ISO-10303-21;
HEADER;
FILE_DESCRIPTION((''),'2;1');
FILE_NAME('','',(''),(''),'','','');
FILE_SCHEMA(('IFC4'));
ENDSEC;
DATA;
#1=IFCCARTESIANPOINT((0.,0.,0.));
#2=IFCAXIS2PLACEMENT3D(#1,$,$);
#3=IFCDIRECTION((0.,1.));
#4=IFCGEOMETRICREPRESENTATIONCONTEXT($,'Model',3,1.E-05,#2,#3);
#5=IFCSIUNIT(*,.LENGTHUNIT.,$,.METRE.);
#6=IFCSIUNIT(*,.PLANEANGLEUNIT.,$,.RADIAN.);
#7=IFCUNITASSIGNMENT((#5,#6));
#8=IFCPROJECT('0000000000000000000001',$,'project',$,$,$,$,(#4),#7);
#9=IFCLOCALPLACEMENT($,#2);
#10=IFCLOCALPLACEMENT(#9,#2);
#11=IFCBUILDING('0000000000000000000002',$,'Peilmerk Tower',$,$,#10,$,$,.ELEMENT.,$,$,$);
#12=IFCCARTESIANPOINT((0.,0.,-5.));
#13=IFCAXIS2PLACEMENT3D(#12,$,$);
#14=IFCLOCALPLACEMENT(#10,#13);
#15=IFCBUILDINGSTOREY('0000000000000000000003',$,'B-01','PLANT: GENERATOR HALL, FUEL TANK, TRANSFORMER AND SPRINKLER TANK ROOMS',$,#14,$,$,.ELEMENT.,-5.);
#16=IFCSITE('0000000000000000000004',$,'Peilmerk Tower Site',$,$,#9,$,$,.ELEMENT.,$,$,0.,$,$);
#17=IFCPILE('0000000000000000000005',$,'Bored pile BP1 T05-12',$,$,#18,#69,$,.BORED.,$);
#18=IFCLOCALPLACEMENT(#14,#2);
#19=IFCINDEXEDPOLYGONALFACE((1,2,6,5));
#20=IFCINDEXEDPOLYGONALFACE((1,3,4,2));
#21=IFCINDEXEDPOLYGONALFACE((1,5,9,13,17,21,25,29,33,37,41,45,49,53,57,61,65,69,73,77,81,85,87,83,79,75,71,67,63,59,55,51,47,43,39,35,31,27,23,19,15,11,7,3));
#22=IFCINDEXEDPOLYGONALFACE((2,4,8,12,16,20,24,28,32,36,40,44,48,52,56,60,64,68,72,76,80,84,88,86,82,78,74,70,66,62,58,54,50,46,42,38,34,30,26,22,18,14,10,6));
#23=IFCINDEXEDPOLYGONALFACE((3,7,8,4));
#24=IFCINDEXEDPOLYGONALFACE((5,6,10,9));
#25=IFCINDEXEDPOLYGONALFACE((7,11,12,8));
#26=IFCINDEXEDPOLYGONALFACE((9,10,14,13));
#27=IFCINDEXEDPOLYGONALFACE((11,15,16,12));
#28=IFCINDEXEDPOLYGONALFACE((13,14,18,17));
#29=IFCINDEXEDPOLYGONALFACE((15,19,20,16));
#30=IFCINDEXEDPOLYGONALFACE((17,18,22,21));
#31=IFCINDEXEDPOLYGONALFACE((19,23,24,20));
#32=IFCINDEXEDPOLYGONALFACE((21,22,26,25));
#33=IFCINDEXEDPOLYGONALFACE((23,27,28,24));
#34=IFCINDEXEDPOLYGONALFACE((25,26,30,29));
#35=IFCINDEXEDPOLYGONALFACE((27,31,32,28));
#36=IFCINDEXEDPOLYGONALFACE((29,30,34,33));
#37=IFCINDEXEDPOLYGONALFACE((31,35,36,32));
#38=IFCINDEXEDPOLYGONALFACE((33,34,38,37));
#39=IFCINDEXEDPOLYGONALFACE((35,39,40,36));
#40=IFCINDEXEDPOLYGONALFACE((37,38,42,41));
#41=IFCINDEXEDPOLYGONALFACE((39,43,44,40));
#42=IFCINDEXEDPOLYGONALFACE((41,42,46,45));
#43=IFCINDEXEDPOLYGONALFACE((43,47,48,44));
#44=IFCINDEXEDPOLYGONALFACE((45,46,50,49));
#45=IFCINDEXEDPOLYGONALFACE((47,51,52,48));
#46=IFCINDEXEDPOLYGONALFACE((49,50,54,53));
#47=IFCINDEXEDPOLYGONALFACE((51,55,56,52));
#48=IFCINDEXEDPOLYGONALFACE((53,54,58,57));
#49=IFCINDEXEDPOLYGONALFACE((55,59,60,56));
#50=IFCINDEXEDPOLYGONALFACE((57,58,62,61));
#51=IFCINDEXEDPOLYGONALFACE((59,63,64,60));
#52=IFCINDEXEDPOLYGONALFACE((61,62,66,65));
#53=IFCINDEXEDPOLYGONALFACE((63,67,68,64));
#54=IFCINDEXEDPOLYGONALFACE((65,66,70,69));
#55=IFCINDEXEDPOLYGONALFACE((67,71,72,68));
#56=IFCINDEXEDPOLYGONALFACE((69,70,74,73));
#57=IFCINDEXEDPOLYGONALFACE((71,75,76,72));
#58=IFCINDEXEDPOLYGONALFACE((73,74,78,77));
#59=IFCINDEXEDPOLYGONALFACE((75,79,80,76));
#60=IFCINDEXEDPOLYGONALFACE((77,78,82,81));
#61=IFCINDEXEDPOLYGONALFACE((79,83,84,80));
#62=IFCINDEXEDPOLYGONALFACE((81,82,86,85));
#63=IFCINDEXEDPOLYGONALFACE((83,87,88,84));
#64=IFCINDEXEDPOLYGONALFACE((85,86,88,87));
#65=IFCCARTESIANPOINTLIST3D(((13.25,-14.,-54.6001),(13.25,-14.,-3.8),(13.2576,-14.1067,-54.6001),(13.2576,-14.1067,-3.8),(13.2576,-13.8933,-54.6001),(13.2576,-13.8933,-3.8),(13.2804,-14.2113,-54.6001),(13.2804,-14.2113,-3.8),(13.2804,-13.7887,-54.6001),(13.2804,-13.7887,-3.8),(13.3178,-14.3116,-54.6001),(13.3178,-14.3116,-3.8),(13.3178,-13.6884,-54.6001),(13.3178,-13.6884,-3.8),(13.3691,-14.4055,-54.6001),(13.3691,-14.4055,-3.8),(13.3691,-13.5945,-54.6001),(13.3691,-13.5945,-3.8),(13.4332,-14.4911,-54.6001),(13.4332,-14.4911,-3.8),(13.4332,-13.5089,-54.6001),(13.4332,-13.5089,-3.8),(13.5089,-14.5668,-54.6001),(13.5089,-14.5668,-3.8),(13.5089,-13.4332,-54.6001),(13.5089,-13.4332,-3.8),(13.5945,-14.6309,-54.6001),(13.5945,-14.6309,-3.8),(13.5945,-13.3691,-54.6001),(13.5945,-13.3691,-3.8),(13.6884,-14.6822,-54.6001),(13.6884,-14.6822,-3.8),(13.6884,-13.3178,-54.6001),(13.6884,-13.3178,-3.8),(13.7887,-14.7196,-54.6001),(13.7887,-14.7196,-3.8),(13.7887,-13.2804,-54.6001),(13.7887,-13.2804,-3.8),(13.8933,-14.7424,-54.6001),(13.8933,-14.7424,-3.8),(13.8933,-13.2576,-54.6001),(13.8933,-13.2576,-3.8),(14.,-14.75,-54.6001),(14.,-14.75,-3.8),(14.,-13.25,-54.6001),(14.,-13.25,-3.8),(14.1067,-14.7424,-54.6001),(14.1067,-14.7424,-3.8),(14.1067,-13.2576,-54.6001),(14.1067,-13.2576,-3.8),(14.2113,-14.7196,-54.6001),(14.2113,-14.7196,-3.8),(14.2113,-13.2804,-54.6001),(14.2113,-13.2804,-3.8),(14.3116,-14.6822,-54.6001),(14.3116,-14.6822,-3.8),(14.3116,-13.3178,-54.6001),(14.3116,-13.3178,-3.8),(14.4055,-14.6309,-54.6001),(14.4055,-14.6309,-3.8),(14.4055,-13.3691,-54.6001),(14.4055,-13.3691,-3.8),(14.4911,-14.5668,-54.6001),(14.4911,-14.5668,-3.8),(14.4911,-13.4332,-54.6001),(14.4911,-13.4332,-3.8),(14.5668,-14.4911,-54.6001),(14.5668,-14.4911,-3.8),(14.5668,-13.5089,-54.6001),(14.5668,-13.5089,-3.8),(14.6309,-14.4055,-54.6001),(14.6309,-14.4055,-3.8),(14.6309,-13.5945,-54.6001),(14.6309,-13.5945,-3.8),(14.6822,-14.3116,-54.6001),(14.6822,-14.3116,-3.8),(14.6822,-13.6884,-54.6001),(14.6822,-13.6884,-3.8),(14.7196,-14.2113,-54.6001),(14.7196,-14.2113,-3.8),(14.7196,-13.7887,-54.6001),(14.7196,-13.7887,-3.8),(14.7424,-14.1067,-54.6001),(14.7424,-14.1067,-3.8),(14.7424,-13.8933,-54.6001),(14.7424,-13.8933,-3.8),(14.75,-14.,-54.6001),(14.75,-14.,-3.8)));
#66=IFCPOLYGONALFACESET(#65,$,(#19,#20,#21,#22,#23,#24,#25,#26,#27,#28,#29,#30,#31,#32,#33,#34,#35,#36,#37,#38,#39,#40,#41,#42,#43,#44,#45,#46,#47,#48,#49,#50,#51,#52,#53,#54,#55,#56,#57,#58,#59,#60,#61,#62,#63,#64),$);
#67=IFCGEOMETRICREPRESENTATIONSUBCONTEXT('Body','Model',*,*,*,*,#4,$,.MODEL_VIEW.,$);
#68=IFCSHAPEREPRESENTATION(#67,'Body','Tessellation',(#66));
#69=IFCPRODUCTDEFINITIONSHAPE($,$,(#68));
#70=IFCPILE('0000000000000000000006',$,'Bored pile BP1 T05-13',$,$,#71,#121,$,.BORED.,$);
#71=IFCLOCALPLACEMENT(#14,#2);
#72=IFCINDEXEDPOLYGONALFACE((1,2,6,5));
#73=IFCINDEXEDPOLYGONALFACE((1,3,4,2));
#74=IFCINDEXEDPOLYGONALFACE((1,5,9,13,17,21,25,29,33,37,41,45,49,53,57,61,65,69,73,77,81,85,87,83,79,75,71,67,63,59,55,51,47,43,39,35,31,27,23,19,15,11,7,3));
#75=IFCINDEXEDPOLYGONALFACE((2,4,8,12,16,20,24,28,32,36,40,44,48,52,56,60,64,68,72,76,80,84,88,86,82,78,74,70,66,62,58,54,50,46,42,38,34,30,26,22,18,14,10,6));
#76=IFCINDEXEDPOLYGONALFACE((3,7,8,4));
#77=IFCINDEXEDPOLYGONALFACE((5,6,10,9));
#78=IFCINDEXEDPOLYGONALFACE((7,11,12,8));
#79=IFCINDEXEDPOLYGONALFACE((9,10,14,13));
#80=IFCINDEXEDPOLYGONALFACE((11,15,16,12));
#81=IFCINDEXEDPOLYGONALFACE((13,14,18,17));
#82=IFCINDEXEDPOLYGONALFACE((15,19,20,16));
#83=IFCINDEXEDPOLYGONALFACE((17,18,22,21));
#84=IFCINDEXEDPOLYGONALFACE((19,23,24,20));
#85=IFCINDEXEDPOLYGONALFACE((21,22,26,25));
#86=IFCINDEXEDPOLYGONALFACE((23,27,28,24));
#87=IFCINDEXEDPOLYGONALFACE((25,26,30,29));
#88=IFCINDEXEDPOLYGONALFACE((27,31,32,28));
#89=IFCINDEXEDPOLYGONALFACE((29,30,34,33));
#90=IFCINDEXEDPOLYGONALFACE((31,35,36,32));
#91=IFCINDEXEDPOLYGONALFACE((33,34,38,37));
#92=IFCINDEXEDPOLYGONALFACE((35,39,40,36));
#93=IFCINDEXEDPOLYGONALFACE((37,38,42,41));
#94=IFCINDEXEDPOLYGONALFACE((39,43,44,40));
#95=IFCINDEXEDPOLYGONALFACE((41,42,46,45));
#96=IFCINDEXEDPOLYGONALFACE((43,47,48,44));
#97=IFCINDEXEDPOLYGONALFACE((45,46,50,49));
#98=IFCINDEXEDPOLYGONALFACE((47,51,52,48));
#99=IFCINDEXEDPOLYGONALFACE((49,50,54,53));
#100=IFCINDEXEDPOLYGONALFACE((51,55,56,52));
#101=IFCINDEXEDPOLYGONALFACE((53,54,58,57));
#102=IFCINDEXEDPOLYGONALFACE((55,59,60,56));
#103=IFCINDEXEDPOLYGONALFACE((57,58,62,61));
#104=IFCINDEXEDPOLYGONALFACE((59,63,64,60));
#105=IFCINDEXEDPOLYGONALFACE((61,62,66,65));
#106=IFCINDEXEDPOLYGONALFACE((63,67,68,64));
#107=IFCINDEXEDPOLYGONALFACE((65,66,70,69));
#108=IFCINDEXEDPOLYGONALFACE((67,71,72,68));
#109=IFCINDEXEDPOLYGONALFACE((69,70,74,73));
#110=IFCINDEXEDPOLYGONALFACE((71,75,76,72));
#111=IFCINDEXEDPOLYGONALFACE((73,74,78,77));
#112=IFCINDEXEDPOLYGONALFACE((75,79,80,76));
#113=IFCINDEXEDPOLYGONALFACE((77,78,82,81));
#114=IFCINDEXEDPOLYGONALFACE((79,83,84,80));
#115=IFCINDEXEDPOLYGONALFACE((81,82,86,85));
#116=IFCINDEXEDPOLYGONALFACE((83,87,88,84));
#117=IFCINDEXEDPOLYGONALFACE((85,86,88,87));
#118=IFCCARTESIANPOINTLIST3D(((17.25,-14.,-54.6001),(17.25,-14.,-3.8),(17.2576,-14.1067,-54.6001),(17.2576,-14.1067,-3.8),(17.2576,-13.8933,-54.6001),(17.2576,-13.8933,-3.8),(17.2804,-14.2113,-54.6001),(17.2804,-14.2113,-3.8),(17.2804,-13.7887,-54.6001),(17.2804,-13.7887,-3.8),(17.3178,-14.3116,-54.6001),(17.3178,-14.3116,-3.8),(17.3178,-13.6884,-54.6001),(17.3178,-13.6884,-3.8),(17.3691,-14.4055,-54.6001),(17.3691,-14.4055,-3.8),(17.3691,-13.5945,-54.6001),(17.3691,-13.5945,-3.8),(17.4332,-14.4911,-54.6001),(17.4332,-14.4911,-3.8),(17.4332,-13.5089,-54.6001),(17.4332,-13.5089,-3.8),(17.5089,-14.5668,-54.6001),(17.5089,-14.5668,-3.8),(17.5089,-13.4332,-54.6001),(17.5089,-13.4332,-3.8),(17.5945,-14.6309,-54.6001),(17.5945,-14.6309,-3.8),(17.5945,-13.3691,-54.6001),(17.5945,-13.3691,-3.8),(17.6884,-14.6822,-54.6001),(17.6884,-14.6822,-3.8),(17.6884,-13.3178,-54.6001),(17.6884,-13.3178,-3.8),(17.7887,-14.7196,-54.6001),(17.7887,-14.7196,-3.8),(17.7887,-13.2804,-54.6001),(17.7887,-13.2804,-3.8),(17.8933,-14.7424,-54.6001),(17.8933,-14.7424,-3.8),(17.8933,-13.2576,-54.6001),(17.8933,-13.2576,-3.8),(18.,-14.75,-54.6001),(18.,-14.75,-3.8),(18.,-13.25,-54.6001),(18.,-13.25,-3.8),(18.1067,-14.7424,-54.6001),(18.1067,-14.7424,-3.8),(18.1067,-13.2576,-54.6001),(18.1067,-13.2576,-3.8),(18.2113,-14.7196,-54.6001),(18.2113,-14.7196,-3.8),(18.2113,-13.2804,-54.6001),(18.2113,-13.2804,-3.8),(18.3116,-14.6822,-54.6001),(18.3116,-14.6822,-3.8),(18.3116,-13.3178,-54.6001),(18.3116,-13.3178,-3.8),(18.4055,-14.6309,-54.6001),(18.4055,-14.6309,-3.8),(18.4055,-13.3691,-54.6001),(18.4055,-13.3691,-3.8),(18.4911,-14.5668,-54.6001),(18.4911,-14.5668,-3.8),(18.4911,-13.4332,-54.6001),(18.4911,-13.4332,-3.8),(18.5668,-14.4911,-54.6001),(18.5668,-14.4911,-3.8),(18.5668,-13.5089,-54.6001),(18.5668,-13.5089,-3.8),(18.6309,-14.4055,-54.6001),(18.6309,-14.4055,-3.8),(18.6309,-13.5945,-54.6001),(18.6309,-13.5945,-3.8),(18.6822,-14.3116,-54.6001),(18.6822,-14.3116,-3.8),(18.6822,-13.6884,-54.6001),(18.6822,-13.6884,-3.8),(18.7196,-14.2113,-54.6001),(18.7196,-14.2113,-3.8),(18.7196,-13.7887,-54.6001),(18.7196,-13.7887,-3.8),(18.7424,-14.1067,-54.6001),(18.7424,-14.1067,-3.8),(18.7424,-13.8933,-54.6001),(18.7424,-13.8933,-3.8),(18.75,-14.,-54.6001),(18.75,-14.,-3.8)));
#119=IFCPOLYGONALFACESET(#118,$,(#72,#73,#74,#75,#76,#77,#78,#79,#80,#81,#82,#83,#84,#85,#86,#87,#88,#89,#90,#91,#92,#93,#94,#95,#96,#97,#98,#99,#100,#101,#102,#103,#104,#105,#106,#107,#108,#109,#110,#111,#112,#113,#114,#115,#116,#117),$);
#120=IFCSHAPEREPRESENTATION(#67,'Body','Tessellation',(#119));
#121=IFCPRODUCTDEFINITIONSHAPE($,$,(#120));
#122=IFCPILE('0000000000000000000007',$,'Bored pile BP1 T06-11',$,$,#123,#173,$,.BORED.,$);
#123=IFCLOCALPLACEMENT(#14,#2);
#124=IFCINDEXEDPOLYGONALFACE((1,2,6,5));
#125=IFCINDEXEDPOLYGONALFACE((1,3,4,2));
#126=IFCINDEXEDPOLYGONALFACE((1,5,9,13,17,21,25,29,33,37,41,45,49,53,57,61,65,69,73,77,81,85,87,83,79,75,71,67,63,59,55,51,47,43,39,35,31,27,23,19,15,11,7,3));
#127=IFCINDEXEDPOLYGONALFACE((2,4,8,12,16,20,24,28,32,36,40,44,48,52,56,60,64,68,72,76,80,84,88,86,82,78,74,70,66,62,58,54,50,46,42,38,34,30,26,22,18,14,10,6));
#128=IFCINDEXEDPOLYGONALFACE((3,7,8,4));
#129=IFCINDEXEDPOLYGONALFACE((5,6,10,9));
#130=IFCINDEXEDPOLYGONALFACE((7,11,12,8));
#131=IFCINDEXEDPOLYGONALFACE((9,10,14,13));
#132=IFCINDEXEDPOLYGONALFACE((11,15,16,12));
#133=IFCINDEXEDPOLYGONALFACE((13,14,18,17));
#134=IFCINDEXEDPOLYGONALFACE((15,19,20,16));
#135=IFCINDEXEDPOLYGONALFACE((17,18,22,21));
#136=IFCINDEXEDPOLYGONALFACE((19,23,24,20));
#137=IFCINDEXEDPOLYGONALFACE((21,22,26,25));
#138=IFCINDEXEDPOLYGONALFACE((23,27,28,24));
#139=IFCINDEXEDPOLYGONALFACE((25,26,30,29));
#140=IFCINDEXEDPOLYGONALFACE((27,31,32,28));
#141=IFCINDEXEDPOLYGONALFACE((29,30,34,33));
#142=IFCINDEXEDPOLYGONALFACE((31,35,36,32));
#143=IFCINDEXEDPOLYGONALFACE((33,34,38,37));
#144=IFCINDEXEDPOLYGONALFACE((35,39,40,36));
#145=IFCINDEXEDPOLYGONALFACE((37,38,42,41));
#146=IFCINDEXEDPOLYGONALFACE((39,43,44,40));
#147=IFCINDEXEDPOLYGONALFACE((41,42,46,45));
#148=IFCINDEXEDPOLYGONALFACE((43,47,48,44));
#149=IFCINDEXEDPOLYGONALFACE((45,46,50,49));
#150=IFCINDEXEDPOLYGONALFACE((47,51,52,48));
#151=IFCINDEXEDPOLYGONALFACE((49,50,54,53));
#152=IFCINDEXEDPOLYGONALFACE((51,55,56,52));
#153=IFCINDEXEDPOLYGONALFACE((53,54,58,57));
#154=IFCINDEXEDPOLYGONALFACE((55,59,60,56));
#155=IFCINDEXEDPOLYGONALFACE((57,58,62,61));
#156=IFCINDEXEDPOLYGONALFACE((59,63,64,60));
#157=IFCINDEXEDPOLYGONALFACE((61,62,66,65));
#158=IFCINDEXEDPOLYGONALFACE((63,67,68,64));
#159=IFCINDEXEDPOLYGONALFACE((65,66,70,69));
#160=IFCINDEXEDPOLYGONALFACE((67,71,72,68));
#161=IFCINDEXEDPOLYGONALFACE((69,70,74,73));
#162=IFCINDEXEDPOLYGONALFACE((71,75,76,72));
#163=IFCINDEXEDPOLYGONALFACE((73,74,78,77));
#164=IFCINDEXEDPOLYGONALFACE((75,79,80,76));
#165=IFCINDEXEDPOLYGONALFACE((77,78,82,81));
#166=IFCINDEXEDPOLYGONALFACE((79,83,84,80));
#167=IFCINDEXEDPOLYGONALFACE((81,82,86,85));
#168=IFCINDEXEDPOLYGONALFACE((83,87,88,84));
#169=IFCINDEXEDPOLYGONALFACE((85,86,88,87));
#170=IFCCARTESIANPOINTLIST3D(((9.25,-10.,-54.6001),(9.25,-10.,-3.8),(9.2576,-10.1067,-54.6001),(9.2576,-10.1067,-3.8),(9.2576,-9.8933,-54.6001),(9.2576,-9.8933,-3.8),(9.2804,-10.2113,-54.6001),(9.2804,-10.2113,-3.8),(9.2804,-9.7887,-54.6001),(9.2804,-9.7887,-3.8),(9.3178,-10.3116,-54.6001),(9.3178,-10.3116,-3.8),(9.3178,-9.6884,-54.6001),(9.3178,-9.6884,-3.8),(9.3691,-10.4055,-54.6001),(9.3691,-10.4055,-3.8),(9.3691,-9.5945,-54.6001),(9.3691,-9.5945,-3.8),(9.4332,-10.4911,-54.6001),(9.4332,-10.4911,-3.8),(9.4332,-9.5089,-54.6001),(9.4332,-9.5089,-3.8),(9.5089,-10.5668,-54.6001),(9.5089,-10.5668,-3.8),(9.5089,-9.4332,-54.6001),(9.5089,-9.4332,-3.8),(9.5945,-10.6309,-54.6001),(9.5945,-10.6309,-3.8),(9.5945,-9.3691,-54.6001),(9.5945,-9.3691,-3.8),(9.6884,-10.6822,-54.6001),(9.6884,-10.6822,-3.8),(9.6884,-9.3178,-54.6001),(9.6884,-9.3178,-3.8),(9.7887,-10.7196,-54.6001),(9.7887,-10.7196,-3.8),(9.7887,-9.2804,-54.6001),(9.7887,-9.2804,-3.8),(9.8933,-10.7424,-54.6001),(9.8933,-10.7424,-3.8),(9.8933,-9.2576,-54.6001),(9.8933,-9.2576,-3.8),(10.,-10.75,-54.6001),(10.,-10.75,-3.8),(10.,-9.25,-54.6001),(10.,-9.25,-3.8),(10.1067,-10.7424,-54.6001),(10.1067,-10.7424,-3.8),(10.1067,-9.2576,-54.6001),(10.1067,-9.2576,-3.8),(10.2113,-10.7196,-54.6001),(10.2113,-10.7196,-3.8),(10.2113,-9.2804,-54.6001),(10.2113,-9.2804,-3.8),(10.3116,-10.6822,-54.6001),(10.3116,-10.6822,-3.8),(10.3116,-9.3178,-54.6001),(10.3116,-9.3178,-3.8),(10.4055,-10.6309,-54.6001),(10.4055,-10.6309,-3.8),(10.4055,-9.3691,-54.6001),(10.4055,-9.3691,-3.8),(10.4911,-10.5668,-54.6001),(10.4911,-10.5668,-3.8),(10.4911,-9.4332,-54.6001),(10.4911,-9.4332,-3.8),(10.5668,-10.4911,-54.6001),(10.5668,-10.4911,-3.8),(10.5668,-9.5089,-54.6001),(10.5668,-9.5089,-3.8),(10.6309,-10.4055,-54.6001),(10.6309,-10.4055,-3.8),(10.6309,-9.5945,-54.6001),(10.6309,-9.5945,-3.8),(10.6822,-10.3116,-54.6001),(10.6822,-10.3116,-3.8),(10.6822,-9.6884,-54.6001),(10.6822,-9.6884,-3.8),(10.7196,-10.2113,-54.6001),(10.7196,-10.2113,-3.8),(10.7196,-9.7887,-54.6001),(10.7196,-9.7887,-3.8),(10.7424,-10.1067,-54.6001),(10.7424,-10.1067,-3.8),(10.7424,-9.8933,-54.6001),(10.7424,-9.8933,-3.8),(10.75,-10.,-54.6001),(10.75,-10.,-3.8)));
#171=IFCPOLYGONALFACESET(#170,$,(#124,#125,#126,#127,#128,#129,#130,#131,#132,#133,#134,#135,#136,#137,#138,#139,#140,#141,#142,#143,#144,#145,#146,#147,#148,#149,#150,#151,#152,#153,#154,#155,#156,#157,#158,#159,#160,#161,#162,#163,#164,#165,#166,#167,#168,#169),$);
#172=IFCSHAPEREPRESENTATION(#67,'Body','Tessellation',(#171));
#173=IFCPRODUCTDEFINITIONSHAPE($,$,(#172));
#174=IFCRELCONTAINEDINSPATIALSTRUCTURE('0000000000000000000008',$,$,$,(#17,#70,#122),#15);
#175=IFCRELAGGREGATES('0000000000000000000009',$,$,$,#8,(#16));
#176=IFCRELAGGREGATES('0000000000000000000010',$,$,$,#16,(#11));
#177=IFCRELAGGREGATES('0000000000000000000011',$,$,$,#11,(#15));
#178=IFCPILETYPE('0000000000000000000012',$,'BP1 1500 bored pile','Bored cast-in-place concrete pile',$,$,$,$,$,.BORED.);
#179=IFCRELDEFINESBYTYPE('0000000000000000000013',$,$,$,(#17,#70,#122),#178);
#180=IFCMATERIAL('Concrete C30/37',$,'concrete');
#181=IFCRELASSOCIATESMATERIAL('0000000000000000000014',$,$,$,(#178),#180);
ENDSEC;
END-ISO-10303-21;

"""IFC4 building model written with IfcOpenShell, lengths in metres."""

from ifc_helpers import new_model, si_unit, direction, frame, origin, origin_2d, place, context, subcontext, project, spatial, circle, extrude, material, material_profile, profile_set, type_object, element, save


model = new_model("IFC4")

# Units and contexts
model_context = context("Model", 3, precision=1e-05, world=origin(), true_north=direction((0.0, 1.0)))
body_context = subcontext(model_context, "Body", "Model", "MODEL_VIEW")
ifc_project = project(units=[si_unit("LENGTHUNIT", "METRE"), si_unit("PLANEANGLEUNIT", "RADIAN")], contexts=[model_context])

# Site, building, storey
site_placement = place(None, origin())
site = spatial("IfcSite", under=ifc_project, at=site_placement, Name="Peilmerk Tower Site", CompositionType="ELEMENT", RefElevation=0.0)
building_placement = place(site_placement, origin())
building = spatial("IfcBuilding", under=site, at=building_placement, Name="Peilmerk Tower", CompositionType="ELEMENT")
storey_placement = place(building_placement, frame((0.0, 0.0, -5.0)))
storey = spatial("IfcBuildingStorey", under=building, at=storey_placement, Name="B-01", Description="PLANT: GENERATOR HALL, FUEL TANK, TRANSFORMER AND SPRINKLER TANK ROOMS", CompositionType="ELEMENT", Elevation=-5.0)

# Piles
ifc_material_1 = material(Name="Concrete C30/37", Category="concrete")
ifc_material_profile = material_profile(ifc_material_1, circle(Radius=0.75, at=origin_2d()), Name="BP 1500")
ifc_profile_set = profile_set([ifc_material_profile], Name="Concrete C30/37")
pile_type = type_object("IfcPileType", Name="BP1 1500 bored pile", Description="Bored cast-in-place concrete pile", PredefinedType="BORED", material=ifc_profile_set)
for number, where, z_axis, x_axis, name in (
    (1, (14.0, -14.0, -3.8), (0.0, 0.0, -1.0), (1.0, 0.0, 0.0), "Bored pile BP1 T05-12"),
    (2, (18.0, -14.0, -3.8), (0.0, 0.0, -1.0), (1.0, 0.0, 0.0), "Bored pile BP1 T05-13"),
    (3, (10.0, -10.0, -3.8), (0.0, 0.0, -1.0), (1.0, 0.0, 0.0), "Bored pile BP1 T06-11"),
):
    element("IfcPile", number, at=place(storey_placement, frame(where, z_axis=z_axis, x_axis=x_axis)), inside=storey, type_object=pile_type, Name=name, PredefinedType="BORED", context=body_context, shape_type="SweptSolid", body=[
        extrude(circle(Radius=0.75, at=origin_2d()), origin(), (0.0, 0.0, 1.0), 50.8),
    ])

save(model, "model.ifc")
